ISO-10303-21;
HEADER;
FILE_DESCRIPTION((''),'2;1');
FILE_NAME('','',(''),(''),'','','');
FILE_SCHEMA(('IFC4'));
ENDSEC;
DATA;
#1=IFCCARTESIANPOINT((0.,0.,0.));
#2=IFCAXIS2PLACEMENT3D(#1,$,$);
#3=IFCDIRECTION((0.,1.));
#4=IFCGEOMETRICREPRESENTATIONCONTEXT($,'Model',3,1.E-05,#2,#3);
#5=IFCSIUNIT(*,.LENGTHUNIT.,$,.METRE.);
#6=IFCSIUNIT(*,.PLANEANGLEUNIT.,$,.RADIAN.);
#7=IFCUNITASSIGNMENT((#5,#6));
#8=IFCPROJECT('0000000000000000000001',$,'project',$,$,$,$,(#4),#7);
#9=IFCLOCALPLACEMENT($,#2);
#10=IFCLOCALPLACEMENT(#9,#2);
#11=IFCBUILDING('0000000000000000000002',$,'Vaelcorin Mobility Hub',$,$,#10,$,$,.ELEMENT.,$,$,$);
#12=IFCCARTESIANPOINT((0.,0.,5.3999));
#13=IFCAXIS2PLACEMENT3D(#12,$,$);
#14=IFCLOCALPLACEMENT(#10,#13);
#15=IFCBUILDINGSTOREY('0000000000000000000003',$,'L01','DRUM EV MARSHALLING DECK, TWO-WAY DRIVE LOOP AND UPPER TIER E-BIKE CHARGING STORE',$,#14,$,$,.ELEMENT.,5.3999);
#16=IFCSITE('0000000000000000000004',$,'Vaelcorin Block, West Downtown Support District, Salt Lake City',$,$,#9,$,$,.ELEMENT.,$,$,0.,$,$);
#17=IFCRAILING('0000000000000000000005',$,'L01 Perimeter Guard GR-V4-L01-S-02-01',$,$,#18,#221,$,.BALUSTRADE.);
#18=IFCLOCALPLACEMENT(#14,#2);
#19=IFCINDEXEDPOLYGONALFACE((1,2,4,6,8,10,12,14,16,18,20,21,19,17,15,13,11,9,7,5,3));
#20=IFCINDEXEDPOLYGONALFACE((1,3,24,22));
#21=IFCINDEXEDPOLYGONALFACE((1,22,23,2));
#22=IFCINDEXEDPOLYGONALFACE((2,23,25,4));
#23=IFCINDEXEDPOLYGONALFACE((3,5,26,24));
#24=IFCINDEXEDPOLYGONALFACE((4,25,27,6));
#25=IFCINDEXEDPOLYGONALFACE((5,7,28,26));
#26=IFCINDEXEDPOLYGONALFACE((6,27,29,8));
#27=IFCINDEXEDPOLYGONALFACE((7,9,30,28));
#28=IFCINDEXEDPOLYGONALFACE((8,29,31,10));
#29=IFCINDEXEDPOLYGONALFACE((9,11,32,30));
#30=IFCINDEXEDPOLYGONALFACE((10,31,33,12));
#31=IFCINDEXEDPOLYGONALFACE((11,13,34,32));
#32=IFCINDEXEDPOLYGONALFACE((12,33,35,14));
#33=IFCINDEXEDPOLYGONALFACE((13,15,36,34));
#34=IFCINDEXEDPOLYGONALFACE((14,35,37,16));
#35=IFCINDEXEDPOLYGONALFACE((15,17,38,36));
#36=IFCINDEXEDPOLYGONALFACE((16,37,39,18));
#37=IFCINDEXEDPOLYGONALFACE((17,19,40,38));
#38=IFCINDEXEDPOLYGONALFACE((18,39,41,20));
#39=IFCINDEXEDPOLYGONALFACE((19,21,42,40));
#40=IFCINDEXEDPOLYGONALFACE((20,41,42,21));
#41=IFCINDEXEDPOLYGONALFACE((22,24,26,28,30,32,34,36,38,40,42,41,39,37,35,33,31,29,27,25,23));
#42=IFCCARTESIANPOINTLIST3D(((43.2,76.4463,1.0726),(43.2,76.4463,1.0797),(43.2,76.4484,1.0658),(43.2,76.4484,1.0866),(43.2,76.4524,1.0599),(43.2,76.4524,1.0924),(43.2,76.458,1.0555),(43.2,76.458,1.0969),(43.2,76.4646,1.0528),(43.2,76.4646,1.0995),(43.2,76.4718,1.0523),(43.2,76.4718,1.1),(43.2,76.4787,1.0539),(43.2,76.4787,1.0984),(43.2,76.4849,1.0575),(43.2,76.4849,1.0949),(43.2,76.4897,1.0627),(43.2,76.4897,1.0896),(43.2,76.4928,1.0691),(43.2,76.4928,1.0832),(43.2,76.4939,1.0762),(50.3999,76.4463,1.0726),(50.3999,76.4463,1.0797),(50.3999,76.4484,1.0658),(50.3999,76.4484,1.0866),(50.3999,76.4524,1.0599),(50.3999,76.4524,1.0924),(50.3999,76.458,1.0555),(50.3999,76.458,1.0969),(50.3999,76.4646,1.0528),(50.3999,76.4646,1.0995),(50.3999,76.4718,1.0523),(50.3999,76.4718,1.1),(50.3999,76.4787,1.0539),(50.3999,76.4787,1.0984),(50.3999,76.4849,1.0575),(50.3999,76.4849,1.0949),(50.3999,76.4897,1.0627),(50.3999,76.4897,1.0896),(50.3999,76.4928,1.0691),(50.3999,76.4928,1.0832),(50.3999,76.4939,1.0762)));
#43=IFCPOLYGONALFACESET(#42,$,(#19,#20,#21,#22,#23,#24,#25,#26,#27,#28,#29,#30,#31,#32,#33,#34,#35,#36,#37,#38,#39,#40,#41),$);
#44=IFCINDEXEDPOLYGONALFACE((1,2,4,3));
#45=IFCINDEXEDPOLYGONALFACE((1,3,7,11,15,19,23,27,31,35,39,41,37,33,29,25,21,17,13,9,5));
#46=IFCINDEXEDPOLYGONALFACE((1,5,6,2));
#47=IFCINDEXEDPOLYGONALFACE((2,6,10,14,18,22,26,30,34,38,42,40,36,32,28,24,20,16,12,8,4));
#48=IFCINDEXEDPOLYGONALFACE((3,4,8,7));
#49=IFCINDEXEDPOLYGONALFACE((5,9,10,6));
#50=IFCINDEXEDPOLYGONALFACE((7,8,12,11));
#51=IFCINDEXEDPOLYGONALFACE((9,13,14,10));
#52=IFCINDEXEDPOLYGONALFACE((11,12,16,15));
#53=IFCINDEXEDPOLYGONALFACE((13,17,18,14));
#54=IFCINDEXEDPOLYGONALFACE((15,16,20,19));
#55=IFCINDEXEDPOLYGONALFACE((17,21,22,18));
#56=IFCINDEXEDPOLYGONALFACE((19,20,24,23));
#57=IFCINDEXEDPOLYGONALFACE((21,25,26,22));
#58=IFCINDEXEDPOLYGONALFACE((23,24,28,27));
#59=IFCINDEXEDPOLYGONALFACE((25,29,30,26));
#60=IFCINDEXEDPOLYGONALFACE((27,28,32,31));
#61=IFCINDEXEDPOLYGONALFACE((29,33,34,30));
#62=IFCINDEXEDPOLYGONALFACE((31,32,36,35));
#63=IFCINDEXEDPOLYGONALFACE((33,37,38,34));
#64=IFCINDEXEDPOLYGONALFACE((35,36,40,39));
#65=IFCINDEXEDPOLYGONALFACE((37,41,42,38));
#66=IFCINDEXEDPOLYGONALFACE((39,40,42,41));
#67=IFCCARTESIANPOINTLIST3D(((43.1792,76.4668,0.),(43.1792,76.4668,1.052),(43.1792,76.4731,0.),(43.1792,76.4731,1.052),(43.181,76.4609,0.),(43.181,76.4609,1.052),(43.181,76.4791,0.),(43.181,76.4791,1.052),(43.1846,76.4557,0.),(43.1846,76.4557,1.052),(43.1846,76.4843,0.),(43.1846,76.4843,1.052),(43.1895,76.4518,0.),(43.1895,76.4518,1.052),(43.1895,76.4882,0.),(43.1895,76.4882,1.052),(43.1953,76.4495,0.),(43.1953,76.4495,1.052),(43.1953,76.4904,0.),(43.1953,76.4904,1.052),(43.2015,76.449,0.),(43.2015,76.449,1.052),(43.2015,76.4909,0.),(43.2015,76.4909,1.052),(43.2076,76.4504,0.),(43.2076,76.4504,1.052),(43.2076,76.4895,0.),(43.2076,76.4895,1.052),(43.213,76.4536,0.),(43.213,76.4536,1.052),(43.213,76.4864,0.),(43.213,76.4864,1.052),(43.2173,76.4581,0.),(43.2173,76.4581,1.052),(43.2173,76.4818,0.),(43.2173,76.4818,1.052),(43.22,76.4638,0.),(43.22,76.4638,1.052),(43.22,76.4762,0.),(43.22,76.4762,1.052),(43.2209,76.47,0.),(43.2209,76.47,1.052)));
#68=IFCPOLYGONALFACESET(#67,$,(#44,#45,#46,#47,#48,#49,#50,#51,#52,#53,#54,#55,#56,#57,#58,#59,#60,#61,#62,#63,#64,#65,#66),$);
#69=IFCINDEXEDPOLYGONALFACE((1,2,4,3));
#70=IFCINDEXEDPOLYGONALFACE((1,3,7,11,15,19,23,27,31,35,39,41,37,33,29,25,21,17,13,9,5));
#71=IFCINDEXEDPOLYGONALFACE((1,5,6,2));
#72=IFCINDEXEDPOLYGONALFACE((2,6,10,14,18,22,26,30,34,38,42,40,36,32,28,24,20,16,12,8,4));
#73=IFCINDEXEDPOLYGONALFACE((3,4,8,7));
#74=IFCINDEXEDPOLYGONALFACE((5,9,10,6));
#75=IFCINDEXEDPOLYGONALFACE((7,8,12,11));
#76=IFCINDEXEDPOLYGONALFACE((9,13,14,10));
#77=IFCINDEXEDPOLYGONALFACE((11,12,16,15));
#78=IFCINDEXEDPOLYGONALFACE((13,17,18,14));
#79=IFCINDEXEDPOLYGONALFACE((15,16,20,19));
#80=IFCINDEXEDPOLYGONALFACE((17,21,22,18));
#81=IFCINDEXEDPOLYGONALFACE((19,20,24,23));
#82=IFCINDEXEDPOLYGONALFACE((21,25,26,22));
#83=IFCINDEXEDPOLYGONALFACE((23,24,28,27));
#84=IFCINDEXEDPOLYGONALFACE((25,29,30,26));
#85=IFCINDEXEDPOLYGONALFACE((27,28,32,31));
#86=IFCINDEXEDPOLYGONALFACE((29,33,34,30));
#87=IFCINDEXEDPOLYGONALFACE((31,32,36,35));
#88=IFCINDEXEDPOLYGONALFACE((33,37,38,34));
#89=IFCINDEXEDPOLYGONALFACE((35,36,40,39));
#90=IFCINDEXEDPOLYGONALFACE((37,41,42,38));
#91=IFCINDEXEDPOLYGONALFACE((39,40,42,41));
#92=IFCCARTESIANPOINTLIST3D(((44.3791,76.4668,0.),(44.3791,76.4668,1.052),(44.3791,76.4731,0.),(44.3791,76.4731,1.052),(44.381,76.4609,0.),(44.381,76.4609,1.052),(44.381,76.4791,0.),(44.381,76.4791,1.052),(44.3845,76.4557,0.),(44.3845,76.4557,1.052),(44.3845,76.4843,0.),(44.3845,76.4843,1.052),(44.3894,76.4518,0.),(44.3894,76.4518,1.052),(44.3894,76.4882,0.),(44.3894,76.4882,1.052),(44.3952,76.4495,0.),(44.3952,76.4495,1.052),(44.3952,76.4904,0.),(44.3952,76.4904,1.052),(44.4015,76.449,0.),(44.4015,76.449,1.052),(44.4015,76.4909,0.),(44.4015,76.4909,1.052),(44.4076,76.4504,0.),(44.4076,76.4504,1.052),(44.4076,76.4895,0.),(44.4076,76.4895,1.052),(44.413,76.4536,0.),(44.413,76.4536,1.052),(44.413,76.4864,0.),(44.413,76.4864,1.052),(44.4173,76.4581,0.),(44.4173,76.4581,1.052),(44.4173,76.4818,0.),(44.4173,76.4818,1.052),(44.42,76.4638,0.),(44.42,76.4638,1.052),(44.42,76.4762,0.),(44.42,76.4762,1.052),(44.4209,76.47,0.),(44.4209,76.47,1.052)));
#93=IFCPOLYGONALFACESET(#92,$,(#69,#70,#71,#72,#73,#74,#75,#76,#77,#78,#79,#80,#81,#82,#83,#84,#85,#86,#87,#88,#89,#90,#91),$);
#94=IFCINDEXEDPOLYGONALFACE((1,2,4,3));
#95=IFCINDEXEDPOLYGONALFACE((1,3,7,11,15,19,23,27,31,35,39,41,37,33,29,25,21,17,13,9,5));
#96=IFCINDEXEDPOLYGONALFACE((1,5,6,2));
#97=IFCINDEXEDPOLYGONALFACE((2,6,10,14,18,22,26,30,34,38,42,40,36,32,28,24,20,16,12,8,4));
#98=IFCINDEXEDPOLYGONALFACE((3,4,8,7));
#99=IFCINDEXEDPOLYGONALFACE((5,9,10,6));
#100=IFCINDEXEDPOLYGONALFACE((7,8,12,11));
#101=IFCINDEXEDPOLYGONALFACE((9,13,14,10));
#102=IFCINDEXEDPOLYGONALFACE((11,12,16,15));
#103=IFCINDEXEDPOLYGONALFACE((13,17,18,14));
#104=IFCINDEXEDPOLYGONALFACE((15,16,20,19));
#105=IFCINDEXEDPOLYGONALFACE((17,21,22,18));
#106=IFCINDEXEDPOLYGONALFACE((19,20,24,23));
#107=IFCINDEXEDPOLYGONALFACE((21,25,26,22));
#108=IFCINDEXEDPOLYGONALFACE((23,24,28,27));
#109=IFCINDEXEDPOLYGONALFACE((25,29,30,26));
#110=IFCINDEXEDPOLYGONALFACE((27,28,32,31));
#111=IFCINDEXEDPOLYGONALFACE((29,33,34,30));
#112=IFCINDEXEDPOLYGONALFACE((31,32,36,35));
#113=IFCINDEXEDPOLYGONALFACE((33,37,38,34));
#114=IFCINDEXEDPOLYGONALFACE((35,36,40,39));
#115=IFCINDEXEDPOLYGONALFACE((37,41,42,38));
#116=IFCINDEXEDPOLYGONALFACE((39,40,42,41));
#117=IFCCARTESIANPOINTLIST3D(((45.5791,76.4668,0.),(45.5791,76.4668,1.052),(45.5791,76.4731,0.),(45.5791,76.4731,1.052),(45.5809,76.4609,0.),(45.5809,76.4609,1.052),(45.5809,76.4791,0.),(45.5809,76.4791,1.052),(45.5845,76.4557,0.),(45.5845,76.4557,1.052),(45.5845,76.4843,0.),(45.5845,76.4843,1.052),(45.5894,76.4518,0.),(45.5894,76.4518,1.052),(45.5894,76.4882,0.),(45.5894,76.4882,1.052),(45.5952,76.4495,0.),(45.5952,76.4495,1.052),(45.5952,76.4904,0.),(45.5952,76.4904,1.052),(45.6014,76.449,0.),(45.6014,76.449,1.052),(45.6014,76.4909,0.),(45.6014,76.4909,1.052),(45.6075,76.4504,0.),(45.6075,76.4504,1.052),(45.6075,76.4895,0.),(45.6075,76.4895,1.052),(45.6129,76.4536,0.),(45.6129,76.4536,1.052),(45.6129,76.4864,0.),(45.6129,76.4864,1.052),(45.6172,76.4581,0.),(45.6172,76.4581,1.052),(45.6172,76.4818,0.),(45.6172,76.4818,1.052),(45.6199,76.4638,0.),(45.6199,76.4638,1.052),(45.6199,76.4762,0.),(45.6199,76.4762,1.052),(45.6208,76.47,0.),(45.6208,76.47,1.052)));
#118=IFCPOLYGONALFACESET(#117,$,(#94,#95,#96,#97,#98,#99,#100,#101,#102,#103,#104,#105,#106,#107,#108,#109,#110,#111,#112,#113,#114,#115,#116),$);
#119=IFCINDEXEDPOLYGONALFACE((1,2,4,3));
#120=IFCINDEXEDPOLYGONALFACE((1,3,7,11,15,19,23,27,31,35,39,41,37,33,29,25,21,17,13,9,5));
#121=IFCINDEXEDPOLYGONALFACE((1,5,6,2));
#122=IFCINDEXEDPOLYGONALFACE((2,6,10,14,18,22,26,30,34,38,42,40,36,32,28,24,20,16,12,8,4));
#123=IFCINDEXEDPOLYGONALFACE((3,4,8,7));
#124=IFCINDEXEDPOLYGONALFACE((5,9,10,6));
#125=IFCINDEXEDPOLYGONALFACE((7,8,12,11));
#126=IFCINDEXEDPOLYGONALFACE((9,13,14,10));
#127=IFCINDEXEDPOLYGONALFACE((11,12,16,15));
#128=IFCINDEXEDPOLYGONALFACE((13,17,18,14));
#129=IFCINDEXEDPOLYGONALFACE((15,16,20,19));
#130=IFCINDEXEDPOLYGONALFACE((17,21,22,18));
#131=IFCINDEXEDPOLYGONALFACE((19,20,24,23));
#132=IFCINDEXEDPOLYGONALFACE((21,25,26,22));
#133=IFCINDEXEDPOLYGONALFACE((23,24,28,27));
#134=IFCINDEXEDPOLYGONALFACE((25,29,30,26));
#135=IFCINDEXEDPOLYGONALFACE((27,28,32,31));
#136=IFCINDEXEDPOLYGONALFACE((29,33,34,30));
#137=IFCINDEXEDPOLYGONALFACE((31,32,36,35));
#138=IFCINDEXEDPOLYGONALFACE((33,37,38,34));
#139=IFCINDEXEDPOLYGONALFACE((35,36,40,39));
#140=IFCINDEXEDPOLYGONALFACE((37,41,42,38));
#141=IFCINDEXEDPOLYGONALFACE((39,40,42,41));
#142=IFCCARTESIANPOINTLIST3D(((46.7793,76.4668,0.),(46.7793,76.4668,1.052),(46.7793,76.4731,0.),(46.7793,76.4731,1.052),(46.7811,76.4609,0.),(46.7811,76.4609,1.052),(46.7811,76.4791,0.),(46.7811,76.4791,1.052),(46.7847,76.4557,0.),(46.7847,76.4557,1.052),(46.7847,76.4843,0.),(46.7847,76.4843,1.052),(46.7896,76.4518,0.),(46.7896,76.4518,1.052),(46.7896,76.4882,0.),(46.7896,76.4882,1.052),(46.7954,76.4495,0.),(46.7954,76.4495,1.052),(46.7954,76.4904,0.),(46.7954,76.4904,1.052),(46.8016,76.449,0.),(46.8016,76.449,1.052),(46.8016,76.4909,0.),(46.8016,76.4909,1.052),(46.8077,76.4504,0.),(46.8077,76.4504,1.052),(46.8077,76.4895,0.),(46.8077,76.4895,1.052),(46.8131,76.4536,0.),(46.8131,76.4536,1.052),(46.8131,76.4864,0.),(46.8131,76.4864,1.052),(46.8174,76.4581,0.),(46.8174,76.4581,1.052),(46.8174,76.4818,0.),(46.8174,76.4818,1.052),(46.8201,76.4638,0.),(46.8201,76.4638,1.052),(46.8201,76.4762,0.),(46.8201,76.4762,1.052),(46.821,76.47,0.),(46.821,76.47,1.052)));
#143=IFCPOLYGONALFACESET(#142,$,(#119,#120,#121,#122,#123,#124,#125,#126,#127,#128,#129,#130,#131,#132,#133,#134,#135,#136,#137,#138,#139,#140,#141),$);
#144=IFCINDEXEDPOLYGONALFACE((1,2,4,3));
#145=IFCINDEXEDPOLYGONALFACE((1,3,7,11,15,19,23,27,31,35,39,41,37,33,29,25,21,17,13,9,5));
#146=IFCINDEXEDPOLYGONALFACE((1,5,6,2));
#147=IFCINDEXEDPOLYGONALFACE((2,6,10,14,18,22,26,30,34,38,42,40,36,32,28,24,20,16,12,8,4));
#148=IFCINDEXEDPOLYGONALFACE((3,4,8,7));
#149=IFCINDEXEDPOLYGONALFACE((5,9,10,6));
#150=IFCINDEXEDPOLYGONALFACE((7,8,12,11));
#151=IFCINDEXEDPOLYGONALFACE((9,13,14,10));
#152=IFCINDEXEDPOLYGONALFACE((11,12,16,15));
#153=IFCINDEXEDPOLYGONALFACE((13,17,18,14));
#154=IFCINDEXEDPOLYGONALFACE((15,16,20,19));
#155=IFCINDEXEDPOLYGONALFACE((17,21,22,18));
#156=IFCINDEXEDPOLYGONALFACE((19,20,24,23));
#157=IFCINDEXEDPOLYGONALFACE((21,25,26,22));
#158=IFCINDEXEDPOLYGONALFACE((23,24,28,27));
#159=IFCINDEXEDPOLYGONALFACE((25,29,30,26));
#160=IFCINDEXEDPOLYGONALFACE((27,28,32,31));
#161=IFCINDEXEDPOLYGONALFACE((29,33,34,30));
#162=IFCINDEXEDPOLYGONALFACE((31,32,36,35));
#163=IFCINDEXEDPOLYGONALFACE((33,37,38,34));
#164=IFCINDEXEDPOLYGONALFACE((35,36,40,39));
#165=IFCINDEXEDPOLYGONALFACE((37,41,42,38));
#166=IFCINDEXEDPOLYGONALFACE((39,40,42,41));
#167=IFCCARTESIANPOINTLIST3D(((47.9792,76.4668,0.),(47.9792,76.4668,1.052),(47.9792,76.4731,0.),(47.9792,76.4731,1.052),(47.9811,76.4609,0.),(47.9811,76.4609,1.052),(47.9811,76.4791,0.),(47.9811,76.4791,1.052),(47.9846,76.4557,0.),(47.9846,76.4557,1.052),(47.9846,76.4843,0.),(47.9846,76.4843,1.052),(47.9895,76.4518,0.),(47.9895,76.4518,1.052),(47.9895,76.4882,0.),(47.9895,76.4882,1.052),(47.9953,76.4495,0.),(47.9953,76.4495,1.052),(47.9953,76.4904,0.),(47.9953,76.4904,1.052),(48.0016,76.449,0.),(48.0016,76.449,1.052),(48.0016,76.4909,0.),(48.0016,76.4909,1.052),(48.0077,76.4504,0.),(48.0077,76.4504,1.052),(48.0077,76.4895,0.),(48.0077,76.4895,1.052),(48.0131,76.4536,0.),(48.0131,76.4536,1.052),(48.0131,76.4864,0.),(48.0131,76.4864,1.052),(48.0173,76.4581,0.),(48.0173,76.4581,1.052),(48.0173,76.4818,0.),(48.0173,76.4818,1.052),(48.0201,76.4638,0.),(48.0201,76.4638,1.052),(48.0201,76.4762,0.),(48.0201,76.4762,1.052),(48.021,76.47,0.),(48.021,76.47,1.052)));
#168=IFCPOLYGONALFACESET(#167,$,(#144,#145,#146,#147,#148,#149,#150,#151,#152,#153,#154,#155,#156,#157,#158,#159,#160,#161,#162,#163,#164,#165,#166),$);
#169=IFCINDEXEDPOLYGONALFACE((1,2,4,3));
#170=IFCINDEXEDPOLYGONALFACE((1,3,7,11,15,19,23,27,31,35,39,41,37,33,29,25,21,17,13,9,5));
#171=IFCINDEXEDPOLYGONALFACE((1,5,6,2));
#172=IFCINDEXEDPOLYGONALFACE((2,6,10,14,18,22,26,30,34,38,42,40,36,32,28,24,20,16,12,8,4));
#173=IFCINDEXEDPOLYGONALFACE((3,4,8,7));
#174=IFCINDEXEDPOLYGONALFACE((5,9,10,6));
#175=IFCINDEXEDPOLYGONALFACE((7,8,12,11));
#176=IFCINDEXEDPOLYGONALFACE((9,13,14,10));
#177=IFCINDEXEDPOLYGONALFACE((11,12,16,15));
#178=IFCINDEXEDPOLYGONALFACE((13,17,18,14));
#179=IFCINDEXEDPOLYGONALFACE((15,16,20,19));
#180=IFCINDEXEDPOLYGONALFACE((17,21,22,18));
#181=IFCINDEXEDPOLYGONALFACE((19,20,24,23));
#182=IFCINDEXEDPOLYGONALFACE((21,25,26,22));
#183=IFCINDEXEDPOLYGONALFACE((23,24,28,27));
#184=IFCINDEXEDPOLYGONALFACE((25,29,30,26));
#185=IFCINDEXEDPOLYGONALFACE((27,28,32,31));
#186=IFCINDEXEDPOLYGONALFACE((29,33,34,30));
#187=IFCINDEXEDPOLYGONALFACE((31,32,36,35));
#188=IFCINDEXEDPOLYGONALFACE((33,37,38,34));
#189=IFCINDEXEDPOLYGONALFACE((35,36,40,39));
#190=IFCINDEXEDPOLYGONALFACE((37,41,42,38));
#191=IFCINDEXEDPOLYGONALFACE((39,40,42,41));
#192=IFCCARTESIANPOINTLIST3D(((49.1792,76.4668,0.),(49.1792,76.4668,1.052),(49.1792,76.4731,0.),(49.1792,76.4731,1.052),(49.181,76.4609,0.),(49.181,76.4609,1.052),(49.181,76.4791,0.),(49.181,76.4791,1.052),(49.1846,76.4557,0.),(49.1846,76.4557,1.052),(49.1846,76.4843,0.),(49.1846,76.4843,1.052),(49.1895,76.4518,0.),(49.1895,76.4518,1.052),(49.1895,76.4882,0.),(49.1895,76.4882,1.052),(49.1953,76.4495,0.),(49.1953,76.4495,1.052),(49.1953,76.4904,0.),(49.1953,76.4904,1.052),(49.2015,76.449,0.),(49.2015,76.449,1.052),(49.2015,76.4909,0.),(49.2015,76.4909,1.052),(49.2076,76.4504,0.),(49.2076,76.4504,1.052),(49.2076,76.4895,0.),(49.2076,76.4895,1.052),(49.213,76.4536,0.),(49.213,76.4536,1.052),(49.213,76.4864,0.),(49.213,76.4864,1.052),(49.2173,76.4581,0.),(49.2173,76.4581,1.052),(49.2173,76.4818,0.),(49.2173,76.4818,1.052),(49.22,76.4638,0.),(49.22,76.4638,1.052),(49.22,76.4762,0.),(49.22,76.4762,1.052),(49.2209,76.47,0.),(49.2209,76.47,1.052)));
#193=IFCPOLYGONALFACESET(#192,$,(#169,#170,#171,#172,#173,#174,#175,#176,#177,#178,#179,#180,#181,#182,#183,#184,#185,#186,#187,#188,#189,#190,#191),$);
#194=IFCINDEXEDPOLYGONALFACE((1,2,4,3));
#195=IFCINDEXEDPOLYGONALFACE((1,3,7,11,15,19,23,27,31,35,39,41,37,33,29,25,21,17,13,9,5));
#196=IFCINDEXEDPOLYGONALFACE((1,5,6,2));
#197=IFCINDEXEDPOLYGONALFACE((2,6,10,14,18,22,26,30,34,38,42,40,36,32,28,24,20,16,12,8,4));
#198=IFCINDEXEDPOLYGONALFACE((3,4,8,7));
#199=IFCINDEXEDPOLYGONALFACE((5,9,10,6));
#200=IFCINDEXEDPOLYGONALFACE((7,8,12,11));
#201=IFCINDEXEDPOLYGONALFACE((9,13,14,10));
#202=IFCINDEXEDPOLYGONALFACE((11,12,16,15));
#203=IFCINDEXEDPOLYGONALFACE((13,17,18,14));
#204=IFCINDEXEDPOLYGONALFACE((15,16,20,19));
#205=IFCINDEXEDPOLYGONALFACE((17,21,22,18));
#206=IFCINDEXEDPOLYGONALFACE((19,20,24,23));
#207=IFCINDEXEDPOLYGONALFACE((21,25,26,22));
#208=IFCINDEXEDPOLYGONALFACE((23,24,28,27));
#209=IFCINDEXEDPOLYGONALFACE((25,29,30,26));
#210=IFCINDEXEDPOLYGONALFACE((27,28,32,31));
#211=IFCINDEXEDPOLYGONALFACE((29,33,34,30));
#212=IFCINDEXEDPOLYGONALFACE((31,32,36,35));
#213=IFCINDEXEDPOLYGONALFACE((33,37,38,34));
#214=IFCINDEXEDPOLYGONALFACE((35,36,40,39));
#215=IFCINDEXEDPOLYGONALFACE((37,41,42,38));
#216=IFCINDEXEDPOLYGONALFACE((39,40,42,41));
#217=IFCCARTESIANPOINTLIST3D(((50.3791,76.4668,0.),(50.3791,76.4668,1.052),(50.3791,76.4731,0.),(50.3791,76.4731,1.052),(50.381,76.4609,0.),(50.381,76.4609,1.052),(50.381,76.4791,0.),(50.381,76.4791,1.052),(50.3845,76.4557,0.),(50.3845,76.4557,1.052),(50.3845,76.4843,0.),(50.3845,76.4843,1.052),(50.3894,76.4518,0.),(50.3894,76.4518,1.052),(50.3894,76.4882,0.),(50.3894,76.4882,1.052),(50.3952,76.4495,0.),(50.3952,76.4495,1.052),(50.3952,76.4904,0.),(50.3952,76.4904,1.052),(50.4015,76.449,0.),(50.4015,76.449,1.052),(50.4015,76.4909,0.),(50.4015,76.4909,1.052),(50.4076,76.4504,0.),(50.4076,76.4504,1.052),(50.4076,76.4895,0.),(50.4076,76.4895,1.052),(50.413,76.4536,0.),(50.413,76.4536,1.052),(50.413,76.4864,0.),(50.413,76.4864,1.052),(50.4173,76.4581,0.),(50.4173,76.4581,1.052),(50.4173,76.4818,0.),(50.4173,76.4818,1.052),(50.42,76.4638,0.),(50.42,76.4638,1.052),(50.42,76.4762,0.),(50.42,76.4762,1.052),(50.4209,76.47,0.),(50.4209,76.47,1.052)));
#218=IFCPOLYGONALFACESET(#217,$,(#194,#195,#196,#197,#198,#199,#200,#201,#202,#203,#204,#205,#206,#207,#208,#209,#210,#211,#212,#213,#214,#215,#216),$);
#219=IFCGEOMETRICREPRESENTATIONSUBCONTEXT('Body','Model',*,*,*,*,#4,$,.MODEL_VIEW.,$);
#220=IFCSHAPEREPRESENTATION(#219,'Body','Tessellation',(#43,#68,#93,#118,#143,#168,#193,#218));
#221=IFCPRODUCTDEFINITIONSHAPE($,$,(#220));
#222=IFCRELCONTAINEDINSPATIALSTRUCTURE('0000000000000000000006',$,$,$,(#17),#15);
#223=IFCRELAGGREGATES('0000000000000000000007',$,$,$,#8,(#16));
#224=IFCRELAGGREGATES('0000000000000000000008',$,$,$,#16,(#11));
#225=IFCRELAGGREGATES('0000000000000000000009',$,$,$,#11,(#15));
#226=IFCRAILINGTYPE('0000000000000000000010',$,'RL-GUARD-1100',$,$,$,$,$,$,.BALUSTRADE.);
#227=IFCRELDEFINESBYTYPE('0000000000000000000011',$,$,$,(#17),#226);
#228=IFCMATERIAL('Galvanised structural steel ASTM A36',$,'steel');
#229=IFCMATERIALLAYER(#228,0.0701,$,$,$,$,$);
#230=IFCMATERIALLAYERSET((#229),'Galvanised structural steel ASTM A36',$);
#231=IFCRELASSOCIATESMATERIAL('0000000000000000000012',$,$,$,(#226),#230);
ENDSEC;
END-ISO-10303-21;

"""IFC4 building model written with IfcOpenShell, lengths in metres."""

from ifc_helpers import new_model, si_unit, direction, frame, origin, origin_2d, place, context, subcontext, project, spatial, circle, extrude, material, layer, layer_set, type_object, element, save


model = new_model("IFC4")

# Units and contexts
model_context = context("Model", 3, precision=1e-05, world=origin(), true_north=direction((0.0, 1.0)))
body_context = subcontext(model_context, "Body", "Model", "MODEL_VIEW")
ifc_project = project(units=[si_unit("LENGTHUNIT", "METRE"), si_unit("PLANEANGLEUNIT", "RADIAN")], contexts=[model_context])

# Site, building, storey
site_placement = place(None, origin())
site = spatial("IfcSite", under=ifc_project, at=site_placement, Name="Vaelcorin Block, West Downtown Support District, Salt Lake City", CompositionType="ELEMENT", RefElevation=0.0)
building_placement = place(site_placement, origin())
building = spatial("IfcBuilding", under=site, at=building_placement, Name="Vaelcorin Mobility Hub", CompositionType="ELEMENT")
storey_placement = place(building_placement, frame((0.0, 0.0, 5.3999)))
storey = spatial("IfcBuildingStorey", under=building, at=storey_placement, Name="L01", Description="DRUM EV MARSHALLING DECK, TWO-WAY DRIVE LOOP AND UPPER TIER E-BIKE CHARGING STORE", CompositionType="ELEMENT", Elevation=5.3999)

# Railing
ifc_material_1 = material(Name="Galvanised structural steel ASTM A36", Category="steel")
ifc_layer_1 = layer(ifc_material_1, 0.0701)
ifc_layer_set_1 = layer_set([ifc_layer_1], Name="Galvanised structural steel ASTM A36")
railing_type = type_object("IfcRailingType", Name="RL-GUARD-1100", PredefinedType="BALUSTRADE", material=ifc_layer_set_1)
railing_1_placement = place(storey_placement, frame((43.2, 76.47, 0.0)))
element("IfcRailing", 1, at=railing_1_placement, inside=storey, type_object=railing_type, Name="L01 Perimeter Guard GR-V4-L01-S-02-01", PredefinedType="BALUSTRADE", context=body_context, shape_type="SweptSolid", body=[
    extrude(circle(Radius=0.0239, at=origin_2d()), frame((0.0, 0.0, 1.0762), z_axis=(1.0, 0.0, 0.0), x_axis=(0.0, 1.0, 0.0)), (0.0, 0.0, 1.0), 7.2),
    extrude(circle(Radius=0.021, at=origin_2d()), origin(), (0.0, 0.0, 1.0), 1.052),
    extrude(circle(Radius=0.021, at=origin_2d()), frame((1.2, 0.0, 0.0)), (0.0, 0.0, 1.0), 1.052),
    extrude(circle(Radius=0.021, at=origin_2d()), frame((2.3999, 0.0, 0.0)), (0.0, 0.0, 1.0), 1.052),
    extrude(circle(Radius=0.021, at=origin_2d()), frame((3.6001, 0.0, 0.0)), (0.0, 0.0, 1.0), 1.052),
    extrude(circle(Radius=0.021, at=origin_2d()), frame((4.8, 0.0, 0.0)), (0.0, 0.0, 1.0), 1.052),
    extrude(circle(Radius=0.021, at=origin_2d()), frame((6.0, 0.0, 0.0)), (0.0, 0.0, 1.0), 1.052),
    extrude(circle(Radius=0.021, at=origin_2d()), frame((7.2, 0.0, 0.0)), (0.0, 0.0, 1.0), 1.052),
])

save(model, "model.ifc")
